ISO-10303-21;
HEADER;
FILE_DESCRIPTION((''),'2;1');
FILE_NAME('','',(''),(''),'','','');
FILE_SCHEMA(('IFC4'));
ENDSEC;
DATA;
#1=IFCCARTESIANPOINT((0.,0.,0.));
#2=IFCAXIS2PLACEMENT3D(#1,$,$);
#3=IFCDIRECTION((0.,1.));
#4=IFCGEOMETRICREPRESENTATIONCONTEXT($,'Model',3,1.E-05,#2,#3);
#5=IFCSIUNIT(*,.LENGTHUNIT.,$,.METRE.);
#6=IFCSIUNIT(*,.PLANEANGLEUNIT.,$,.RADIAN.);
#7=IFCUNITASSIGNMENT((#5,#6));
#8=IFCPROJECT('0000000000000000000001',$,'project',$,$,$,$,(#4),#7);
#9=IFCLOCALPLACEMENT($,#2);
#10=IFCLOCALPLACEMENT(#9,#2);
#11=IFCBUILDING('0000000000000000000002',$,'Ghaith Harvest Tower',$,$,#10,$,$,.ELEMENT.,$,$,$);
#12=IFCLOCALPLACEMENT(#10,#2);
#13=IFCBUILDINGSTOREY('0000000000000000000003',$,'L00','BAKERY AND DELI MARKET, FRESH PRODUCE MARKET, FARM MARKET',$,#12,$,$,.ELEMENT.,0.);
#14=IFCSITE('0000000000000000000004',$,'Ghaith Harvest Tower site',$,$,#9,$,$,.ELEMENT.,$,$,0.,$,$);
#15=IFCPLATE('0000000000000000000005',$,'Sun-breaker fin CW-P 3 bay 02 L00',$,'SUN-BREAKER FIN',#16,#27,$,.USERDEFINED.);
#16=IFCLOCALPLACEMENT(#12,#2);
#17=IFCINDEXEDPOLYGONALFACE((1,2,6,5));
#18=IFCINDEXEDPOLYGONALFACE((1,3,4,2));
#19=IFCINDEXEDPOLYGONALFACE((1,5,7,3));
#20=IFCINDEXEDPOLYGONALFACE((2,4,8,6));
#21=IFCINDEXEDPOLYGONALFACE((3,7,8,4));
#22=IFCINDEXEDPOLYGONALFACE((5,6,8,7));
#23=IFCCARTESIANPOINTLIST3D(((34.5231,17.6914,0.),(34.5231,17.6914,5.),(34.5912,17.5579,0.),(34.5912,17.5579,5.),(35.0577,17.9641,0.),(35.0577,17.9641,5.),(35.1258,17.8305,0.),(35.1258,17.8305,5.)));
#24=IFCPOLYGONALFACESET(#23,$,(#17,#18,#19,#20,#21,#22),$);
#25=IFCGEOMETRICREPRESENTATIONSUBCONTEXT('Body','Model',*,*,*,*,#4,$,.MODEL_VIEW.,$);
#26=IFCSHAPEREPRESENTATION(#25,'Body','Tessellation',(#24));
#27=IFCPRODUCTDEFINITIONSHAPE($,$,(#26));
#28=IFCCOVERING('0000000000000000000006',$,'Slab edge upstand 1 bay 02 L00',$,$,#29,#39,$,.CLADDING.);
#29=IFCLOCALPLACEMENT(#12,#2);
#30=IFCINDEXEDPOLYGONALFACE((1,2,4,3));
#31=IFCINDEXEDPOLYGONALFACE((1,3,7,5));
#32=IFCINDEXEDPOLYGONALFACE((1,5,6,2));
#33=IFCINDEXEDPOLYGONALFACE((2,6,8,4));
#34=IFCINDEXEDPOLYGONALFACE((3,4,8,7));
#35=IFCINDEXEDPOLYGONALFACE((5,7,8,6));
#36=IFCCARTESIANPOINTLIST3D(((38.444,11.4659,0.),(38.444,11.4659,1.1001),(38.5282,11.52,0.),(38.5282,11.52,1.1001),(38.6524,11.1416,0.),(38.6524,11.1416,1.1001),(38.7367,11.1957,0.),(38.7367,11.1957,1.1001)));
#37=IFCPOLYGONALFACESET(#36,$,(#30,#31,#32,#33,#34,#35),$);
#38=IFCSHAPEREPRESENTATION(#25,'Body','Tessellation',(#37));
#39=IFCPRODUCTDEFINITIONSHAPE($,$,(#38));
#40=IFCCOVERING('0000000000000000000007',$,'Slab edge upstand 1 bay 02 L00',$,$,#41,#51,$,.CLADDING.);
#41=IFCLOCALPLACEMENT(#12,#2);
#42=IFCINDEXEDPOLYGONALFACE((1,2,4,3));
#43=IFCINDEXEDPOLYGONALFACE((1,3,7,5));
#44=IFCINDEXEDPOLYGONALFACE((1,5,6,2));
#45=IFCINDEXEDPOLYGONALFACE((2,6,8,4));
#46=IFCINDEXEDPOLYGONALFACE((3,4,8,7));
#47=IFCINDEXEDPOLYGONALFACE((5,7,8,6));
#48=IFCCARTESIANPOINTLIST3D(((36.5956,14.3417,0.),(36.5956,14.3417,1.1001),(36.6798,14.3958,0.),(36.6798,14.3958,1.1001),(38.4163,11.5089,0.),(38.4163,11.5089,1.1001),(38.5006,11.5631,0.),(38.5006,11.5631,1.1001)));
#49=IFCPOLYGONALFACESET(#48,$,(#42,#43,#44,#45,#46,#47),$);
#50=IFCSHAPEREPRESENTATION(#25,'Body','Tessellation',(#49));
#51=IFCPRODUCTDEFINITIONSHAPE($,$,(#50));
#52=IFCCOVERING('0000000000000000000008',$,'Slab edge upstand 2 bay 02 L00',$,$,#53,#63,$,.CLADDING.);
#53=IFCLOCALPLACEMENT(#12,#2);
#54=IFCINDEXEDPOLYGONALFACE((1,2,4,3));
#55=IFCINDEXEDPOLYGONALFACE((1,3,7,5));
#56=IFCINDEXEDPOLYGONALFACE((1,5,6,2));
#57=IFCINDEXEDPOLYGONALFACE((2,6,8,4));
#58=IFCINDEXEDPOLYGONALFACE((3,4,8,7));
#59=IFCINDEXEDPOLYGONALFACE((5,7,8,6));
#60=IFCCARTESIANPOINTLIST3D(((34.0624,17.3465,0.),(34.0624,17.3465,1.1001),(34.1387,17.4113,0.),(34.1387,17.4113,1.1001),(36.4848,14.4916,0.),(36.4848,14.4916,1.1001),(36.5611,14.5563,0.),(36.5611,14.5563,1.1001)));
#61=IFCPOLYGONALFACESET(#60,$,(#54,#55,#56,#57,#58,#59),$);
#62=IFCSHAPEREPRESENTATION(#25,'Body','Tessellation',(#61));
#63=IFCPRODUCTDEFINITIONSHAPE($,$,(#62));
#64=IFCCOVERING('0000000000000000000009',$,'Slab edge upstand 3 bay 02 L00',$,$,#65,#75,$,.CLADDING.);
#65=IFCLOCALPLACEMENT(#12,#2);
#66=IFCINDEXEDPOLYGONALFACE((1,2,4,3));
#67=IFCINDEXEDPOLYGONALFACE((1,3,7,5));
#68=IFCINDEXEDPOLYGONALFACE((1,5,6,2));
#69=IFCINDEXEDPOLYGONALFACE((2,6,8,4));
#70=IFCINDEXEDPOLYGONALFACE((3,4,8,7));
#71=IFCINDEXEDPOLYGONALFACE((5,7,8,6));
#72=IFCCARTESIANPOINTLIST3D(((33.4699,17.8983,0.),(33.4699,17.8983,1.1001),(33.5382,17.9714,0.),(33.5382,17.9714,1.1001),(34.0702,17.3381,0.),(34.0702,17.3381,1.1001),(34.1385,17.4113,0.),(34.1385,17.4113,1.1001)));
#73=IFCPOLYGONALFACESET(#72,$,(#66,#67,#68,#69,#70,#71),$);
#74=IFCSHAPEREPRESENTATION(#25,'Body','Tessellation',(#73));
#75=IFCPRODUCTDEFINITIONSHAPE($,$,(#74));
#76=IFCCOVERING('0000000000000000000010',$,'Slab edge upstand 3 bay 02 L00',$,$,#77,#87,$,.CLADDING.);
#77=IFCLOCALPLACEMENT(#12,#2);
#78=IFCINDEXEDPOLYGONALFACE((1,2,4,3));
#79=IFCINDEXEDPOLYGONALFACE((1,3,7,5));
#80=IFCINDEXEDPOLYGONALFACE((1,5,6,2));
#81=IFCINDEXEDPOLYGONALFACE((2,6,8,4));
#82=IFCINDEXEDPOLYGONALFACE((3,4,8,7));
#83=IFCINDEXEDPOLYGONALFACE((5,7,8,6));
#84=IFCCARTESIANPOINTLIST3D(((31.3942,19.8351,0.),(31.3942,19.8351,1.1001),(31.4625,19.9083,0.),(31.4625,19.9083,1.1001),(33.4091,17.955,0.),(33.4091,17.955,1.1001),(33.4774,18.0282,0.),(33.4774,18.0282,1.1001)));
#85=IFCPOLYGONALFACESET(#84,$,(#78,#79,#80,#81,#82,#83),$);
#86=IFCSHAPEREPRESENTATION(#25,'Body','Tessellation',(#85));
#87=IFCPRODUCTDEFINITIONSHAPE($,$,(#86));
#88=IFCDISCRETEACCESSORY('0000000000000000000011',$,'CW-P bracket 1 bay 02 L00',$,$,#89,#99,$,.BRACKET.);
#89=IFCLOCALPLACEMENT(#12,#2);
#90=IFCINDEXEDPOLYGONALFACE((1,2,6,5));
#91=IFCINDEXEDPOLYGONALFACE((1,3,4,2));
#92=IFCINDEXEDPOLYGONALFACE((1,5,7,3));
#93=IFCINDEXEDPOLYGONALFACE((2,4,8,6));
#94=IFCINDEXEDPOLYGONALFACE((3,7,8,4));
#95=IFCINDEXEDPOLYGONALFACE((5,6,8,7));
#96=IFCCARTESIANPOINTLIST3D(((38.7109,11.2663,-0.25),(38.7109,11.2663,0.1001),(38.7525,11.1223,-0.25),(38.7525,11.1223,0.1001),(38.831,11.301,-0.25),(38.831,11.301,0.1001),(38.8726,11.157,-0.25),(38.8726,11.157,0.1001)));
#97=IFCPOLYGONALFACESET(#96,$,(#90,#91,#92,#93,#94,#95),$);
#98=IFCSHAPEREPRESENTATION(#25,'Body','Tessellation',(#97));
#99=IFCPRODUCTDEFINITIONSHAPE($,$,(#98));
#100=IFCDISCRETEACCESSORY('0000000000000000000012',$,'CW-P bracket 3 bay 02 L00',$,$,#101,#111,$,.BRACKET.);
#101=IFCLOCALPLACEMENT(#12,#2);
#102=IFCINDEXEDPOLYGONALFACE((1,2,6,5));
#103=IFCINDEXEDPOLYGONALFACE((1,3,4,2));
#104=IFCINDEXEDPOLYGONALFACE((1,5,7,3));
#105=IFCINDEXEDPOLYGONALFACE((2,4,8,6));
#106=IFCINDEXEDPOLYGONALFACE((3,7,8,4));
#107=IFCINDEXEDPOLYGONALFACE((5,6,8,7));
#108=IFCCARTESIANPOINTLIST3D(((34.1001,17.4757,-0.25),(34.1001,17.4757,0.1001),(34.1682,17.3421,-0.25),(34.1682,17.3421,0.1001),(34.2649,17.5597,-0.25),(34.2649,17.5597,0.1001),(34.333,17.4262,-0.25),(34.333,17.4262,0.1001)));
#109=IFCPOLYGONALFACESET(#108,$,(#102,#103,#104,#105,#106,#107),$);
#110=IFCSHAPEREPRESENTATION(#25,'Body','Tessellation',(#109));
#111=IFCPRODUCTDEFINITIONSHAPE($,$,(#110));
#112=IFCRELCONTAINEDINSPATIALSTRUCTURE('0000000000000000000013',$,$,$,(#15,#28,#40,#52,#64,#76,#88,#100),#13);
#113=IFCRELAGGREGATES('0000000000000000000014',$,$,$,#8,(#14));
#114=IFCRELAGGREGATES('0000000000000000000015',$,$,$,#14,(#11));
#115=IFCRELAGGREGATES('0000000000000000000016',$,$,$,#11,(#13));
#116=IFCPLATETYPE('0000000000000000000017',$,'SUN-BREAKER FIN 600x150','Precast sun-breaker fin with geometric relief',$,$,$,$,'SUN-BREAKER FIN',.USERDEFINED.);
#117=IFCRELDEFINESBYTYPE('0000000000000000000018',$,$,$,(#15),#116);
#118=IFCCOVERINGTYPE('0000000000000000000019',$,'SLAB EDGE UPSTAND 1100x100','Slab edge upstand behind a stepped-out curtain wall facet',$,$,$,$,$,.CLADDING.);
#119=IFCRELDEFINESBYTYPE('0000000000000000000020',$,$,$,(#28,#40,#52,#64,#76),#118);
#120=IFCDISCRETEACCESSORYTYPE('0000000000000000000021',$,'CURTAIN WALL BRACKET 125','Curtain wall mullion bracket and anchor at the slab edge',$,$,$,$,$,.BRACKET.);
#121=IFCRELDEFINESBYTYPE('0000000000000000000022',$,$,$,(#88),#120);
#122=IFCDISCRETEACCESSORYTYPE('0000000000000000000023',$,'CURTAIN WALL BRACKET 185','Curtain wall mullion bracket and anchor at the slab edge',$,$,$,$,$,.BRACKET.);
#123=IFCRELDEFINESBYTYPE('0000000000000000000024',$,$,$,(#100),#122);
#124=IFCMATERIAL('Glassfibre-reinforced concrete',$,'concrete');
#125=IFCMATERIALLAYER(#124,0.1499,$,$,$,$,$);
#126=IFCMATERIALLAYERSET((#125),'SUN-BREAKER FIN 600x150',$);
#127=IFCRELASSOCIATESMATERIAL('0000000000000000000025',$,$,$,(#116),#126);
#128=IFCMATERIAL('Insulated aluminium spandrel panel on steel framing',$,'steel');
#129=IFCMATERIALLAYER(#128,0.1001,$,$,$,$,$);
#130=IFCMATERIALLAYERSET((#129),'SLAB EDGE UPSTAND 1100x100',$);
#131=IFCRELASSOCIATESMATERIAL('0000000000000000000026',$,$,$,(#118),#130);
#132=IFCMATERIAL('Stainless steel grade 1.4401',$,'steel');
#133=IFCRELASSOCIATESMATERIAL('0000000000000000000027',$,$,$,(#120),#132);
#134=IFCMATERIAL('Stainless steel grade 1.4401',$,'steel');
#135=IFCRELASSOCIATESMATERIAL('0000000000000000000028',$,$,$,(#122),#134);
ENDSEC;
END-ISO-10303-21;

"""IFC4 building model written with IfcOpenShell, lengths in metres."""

from ifc_helpers import new_model, si_unit, direction, frame, origin, origin_2d, place, context, subcontext, project, spatial, rectangle, extrude, material, layer, layer_set, type_object, element, save


model = new_model("IFC4")

# Units and contexts
model_context = context("Model", 3, precision=1e-05, world=origin(), true_north=direction((0.0, 1.0)))
body_context = subcontext(model_context, "Body", "Model", "MODEL_VIEW")
ifc_project = project(units=[si_unit("LENGTHUNIT", "METRE"), si_unit("PLANEANGLEUNIT", "RADIAN")], contexts=[model_context])

# Site, building, storey
site_placement = place(None, origin())
site = spatial("IfcSite", under=ifc_project, at=site_placement, Name="Ghaith Harvest Tower site", CompositionType="ELEMENT", RefElevation=0.0)
building_placement = place(site_placement, origin())
building = spatial("IfcBuilding", under=site, at=building_placement, Name="Ghaith Harvest Tower", CompositionType="ELEMENT")
storey_placement = place(building_placement, origin())
storey = spatial("IfcBuildingStorey", under=building, at=storey_placement, Name="L00", Description="BAKERY AND DELI MARKET, FRESH PRODUCE MARKET, FARM MARKET", CompositionType="ELEMENT", Elevation=0.0)

# Plate
ifc_material_1 = material(Name="Glassfibre-reinforced concrete", Category="concrete")
ifc_layer_1 = layer(ifc_material_1, 0.1499)
ifc_layer_set_1 = layer_set([ifc_layer_1], Name="SUN-BREAKER FIN 600x150")
plate_type_1 = type_object("IfcPlateType", Name="SUN-BREAKER FIN 600x150", Description="Precast sun-breaker fin with geometric relief", ElementType="SUN-BREAKER FIN", PredefinedType="USERDEFINED", material=ifc_layer_set_1)
for number, where, z_axis, x_axis, name in (
    (1, (34.8245, 17.761, 0.0), (0.0, 0.0, 1.0), (0.890831, 0.454335, 0.0), "Sun-breaker fin CW-P 3 bay 02 L00"),
):
    element("IfcPlate", number, at=place(storey_placement, frame(where, z_axis=z_axis, x_axis=x_axis)), inside=storey, type_object=plate_type_1, Name=name, ObjectType="SUN-BREAKER FIN", PredefinedType="USERDEFINED", context=body_context, shape_type="SweptSolid", body=[
        extrude(rectangle(XDim=0.6001, YDim=0.1499, at=origin_2d()), origin(), (0.0, 0.0, 1.0), 5.0),
    ])

# Coverings
ifc_material_2 = material(Name="Insulated aluminium spandrel panel on steel framing", Category="steel")
ifc_layer_2 = layer(ifc_material_2, 0.1001)
ifc_layer_set_2 = layer_set([ifc_layer_2], Name="SLAB EDGE UPSTAND 1100x100")
covering_type = type_object("IfcCoveringType", Name="SLAB EDGE UPSTAND 1100x100", Description="Slab edge upstand behind a stepped-out curtain wall facet", PredefinedType="CLADDING", material=ifc_layer_set_2)
covering_1_placement = place(storey_placement, frame((38.5903, 11.3308, 0.0), z_axis=(0.0, 0.0, 1.0), x_axis=(-0.540682, 0.841227, 0.0)))
element("IfcCovering", 2, at=covering_1_placement, inside=storey, type_object=covering_type, Name="Slab edge upstand 1 bay 02 L00", PredefinedType="CLADDING", context=body_context, shape_type="SweptSolid", body=[
    extrude(rectangle(XDim=0.3855, YDim=0.1001, at=origin_2d()), origin(), (0.0, 0.0, 1.0), 1.1001),
])
covering_2_placement = place(storey_placement, frame((37.5481, 12.9524, 0.0), z_axis=(0.0, 0.0, 1.0), x_axis=(-0.540682, 0.841227, 0.0)))
element("IfcCovering", 3, at=covering_2_placement, inside=storey, type_object=covering_type, Name="Slab edge upstand 1 bay 02 L00", PredefinedType="CLADDING", context=body_context, shape_type="SweptSolid", body=[
    extrude(rectangle(XDim=3.3674, YDim=0.1001, at=origin_2d()), origin(), (0.0, 0.0, 1.0), 1.1001),
])
covering_3_placement = place(storey_placement, frame((35.3118, 15.9514, 0.0), z_axis=(0.0, 0.0, 1.0), x_axis=(-0.646983, 0.762505, 0.0)))
element("IfcCovering", 4, at=covering_3_placement, inside=storey, type_object=covering_type, Name="Slab edge upstand 2 bay 02 L00", PredefinedType="CLADDING", context=body_context, shape_type="SweptSolid", body=[
    extrude(rectangle(XDim=3.7441, YDim=0.1001, at=origin_2d()), origin(), (0.0, 0.0, 1.0), 1.1001),
])
covering_4_placement = place(storey_placement, frame((33.8042, 17.6548, 0.0), z_axis=(0.0, 0.0, 1.0), x_axis=(-0.731137, 0.682231, 0.0)))
element("IfcCovering", 5, at=covering_4_placement, inside=storey, type_object=covering_type, Name="Slab edge upstand 3 bay 02 L00", PredefinedType="CLADDING", context=body_context, shape_type="SweptSolid", body=[
    extrude(rectangle(XDim=0.821, YDim=0.1001, at=origin_2d()), origin(), (0.0, 0.0, 1.0), 1.1001),
])
covering_5_placement = place(storey_placement, frame((32.4358, 18.9316, 0.0), z_axis=(0.0, 0.0, 1.0), x_axis=(-0.731137, 0.682231, 0.0)))
element("IfcCovering", 6, at=covering_5_placement, inside=storey, type_object=covering_type, Name="Slab edge upstand 3 bay 02 L00", PredefinedType="CLADDING", context=body_context, shape_type="SweptSolid", body=[
    extrude(rectangle(XDim=2.7559, YDim=0.1001, at=origin_2d()), origin(), (0.0, 0.0, 1.0), 1.1001),
])

# Discrete accessories
ifc_material_3 = material(Name="Stainless steel grade 1.4401", Category="steel")
discrete_accessory_type_1 = type_object("IfcDiscreteAccessoryType", Name="CURTAIN WALL BRACKET 125", Description="Curtain wall mullion bracket and anchor at the slab edge", PredefinedType="BRACKET", material=ifc_material_3)
discrete_accessory_1_placement = place(storey_placement, frame((38.7917, 11.2117, -0.25), z_axis=(0.0, 0.0, 1.0), x_axis=(0.96068, 0.277657, 0.0)))
element("IfcDiscreteAccessory", 7, at=discrete_accessory_1_placement, inside=storey, type_object=discrete_accessory_type_1, Name="CW-P bracket 1 bay 02 L00", PredefinedType="BRACKET", context=body_context, shape_type="SweptSolid", body=[
    extrude(rectangle(XDim=0.125, YDim=0.1499, at=origin_2d()), origin(), (0.0, 0.0, 1.0), 0.3501),
])
ifc_material_4 = material(Name="Stainless steel grade 1.4401", Category="steel")
discrete_accessory_type_2 = type_object("IfcDiscreteAccessoryType", Name="CURTAIN WALL BRACKET 185", Description="Curtain wall mullion bracket and anchor at the slab edge", PredefinedType="BRACKET", material=ifc_material_4)
discrete_accessory_2_placement = place(storey_placement, frame((34.2166, 17.4509, -0.25), z_axis=(0.0, 0.0, 1.0), x_axis=(0.890831, 0.454335, 0.0)))
element("IfcDiscreteAccessory", 8, at=discrete_accessory_2_placement, inside=storey, type_object=discrete_accessory_type_2, Name="CW-P bracket 3 bay 02 L00", PredefinedType="BRACKET", context=body_context, shape_type="SweptSolid", body=[
    extrude(rectangle(XDim=0.1851, YDim=0.1499, at=origin_2d()), origin(), (0.0, 0.0, 1.0), 0.3501),
])

save(model, "model.ifc")
